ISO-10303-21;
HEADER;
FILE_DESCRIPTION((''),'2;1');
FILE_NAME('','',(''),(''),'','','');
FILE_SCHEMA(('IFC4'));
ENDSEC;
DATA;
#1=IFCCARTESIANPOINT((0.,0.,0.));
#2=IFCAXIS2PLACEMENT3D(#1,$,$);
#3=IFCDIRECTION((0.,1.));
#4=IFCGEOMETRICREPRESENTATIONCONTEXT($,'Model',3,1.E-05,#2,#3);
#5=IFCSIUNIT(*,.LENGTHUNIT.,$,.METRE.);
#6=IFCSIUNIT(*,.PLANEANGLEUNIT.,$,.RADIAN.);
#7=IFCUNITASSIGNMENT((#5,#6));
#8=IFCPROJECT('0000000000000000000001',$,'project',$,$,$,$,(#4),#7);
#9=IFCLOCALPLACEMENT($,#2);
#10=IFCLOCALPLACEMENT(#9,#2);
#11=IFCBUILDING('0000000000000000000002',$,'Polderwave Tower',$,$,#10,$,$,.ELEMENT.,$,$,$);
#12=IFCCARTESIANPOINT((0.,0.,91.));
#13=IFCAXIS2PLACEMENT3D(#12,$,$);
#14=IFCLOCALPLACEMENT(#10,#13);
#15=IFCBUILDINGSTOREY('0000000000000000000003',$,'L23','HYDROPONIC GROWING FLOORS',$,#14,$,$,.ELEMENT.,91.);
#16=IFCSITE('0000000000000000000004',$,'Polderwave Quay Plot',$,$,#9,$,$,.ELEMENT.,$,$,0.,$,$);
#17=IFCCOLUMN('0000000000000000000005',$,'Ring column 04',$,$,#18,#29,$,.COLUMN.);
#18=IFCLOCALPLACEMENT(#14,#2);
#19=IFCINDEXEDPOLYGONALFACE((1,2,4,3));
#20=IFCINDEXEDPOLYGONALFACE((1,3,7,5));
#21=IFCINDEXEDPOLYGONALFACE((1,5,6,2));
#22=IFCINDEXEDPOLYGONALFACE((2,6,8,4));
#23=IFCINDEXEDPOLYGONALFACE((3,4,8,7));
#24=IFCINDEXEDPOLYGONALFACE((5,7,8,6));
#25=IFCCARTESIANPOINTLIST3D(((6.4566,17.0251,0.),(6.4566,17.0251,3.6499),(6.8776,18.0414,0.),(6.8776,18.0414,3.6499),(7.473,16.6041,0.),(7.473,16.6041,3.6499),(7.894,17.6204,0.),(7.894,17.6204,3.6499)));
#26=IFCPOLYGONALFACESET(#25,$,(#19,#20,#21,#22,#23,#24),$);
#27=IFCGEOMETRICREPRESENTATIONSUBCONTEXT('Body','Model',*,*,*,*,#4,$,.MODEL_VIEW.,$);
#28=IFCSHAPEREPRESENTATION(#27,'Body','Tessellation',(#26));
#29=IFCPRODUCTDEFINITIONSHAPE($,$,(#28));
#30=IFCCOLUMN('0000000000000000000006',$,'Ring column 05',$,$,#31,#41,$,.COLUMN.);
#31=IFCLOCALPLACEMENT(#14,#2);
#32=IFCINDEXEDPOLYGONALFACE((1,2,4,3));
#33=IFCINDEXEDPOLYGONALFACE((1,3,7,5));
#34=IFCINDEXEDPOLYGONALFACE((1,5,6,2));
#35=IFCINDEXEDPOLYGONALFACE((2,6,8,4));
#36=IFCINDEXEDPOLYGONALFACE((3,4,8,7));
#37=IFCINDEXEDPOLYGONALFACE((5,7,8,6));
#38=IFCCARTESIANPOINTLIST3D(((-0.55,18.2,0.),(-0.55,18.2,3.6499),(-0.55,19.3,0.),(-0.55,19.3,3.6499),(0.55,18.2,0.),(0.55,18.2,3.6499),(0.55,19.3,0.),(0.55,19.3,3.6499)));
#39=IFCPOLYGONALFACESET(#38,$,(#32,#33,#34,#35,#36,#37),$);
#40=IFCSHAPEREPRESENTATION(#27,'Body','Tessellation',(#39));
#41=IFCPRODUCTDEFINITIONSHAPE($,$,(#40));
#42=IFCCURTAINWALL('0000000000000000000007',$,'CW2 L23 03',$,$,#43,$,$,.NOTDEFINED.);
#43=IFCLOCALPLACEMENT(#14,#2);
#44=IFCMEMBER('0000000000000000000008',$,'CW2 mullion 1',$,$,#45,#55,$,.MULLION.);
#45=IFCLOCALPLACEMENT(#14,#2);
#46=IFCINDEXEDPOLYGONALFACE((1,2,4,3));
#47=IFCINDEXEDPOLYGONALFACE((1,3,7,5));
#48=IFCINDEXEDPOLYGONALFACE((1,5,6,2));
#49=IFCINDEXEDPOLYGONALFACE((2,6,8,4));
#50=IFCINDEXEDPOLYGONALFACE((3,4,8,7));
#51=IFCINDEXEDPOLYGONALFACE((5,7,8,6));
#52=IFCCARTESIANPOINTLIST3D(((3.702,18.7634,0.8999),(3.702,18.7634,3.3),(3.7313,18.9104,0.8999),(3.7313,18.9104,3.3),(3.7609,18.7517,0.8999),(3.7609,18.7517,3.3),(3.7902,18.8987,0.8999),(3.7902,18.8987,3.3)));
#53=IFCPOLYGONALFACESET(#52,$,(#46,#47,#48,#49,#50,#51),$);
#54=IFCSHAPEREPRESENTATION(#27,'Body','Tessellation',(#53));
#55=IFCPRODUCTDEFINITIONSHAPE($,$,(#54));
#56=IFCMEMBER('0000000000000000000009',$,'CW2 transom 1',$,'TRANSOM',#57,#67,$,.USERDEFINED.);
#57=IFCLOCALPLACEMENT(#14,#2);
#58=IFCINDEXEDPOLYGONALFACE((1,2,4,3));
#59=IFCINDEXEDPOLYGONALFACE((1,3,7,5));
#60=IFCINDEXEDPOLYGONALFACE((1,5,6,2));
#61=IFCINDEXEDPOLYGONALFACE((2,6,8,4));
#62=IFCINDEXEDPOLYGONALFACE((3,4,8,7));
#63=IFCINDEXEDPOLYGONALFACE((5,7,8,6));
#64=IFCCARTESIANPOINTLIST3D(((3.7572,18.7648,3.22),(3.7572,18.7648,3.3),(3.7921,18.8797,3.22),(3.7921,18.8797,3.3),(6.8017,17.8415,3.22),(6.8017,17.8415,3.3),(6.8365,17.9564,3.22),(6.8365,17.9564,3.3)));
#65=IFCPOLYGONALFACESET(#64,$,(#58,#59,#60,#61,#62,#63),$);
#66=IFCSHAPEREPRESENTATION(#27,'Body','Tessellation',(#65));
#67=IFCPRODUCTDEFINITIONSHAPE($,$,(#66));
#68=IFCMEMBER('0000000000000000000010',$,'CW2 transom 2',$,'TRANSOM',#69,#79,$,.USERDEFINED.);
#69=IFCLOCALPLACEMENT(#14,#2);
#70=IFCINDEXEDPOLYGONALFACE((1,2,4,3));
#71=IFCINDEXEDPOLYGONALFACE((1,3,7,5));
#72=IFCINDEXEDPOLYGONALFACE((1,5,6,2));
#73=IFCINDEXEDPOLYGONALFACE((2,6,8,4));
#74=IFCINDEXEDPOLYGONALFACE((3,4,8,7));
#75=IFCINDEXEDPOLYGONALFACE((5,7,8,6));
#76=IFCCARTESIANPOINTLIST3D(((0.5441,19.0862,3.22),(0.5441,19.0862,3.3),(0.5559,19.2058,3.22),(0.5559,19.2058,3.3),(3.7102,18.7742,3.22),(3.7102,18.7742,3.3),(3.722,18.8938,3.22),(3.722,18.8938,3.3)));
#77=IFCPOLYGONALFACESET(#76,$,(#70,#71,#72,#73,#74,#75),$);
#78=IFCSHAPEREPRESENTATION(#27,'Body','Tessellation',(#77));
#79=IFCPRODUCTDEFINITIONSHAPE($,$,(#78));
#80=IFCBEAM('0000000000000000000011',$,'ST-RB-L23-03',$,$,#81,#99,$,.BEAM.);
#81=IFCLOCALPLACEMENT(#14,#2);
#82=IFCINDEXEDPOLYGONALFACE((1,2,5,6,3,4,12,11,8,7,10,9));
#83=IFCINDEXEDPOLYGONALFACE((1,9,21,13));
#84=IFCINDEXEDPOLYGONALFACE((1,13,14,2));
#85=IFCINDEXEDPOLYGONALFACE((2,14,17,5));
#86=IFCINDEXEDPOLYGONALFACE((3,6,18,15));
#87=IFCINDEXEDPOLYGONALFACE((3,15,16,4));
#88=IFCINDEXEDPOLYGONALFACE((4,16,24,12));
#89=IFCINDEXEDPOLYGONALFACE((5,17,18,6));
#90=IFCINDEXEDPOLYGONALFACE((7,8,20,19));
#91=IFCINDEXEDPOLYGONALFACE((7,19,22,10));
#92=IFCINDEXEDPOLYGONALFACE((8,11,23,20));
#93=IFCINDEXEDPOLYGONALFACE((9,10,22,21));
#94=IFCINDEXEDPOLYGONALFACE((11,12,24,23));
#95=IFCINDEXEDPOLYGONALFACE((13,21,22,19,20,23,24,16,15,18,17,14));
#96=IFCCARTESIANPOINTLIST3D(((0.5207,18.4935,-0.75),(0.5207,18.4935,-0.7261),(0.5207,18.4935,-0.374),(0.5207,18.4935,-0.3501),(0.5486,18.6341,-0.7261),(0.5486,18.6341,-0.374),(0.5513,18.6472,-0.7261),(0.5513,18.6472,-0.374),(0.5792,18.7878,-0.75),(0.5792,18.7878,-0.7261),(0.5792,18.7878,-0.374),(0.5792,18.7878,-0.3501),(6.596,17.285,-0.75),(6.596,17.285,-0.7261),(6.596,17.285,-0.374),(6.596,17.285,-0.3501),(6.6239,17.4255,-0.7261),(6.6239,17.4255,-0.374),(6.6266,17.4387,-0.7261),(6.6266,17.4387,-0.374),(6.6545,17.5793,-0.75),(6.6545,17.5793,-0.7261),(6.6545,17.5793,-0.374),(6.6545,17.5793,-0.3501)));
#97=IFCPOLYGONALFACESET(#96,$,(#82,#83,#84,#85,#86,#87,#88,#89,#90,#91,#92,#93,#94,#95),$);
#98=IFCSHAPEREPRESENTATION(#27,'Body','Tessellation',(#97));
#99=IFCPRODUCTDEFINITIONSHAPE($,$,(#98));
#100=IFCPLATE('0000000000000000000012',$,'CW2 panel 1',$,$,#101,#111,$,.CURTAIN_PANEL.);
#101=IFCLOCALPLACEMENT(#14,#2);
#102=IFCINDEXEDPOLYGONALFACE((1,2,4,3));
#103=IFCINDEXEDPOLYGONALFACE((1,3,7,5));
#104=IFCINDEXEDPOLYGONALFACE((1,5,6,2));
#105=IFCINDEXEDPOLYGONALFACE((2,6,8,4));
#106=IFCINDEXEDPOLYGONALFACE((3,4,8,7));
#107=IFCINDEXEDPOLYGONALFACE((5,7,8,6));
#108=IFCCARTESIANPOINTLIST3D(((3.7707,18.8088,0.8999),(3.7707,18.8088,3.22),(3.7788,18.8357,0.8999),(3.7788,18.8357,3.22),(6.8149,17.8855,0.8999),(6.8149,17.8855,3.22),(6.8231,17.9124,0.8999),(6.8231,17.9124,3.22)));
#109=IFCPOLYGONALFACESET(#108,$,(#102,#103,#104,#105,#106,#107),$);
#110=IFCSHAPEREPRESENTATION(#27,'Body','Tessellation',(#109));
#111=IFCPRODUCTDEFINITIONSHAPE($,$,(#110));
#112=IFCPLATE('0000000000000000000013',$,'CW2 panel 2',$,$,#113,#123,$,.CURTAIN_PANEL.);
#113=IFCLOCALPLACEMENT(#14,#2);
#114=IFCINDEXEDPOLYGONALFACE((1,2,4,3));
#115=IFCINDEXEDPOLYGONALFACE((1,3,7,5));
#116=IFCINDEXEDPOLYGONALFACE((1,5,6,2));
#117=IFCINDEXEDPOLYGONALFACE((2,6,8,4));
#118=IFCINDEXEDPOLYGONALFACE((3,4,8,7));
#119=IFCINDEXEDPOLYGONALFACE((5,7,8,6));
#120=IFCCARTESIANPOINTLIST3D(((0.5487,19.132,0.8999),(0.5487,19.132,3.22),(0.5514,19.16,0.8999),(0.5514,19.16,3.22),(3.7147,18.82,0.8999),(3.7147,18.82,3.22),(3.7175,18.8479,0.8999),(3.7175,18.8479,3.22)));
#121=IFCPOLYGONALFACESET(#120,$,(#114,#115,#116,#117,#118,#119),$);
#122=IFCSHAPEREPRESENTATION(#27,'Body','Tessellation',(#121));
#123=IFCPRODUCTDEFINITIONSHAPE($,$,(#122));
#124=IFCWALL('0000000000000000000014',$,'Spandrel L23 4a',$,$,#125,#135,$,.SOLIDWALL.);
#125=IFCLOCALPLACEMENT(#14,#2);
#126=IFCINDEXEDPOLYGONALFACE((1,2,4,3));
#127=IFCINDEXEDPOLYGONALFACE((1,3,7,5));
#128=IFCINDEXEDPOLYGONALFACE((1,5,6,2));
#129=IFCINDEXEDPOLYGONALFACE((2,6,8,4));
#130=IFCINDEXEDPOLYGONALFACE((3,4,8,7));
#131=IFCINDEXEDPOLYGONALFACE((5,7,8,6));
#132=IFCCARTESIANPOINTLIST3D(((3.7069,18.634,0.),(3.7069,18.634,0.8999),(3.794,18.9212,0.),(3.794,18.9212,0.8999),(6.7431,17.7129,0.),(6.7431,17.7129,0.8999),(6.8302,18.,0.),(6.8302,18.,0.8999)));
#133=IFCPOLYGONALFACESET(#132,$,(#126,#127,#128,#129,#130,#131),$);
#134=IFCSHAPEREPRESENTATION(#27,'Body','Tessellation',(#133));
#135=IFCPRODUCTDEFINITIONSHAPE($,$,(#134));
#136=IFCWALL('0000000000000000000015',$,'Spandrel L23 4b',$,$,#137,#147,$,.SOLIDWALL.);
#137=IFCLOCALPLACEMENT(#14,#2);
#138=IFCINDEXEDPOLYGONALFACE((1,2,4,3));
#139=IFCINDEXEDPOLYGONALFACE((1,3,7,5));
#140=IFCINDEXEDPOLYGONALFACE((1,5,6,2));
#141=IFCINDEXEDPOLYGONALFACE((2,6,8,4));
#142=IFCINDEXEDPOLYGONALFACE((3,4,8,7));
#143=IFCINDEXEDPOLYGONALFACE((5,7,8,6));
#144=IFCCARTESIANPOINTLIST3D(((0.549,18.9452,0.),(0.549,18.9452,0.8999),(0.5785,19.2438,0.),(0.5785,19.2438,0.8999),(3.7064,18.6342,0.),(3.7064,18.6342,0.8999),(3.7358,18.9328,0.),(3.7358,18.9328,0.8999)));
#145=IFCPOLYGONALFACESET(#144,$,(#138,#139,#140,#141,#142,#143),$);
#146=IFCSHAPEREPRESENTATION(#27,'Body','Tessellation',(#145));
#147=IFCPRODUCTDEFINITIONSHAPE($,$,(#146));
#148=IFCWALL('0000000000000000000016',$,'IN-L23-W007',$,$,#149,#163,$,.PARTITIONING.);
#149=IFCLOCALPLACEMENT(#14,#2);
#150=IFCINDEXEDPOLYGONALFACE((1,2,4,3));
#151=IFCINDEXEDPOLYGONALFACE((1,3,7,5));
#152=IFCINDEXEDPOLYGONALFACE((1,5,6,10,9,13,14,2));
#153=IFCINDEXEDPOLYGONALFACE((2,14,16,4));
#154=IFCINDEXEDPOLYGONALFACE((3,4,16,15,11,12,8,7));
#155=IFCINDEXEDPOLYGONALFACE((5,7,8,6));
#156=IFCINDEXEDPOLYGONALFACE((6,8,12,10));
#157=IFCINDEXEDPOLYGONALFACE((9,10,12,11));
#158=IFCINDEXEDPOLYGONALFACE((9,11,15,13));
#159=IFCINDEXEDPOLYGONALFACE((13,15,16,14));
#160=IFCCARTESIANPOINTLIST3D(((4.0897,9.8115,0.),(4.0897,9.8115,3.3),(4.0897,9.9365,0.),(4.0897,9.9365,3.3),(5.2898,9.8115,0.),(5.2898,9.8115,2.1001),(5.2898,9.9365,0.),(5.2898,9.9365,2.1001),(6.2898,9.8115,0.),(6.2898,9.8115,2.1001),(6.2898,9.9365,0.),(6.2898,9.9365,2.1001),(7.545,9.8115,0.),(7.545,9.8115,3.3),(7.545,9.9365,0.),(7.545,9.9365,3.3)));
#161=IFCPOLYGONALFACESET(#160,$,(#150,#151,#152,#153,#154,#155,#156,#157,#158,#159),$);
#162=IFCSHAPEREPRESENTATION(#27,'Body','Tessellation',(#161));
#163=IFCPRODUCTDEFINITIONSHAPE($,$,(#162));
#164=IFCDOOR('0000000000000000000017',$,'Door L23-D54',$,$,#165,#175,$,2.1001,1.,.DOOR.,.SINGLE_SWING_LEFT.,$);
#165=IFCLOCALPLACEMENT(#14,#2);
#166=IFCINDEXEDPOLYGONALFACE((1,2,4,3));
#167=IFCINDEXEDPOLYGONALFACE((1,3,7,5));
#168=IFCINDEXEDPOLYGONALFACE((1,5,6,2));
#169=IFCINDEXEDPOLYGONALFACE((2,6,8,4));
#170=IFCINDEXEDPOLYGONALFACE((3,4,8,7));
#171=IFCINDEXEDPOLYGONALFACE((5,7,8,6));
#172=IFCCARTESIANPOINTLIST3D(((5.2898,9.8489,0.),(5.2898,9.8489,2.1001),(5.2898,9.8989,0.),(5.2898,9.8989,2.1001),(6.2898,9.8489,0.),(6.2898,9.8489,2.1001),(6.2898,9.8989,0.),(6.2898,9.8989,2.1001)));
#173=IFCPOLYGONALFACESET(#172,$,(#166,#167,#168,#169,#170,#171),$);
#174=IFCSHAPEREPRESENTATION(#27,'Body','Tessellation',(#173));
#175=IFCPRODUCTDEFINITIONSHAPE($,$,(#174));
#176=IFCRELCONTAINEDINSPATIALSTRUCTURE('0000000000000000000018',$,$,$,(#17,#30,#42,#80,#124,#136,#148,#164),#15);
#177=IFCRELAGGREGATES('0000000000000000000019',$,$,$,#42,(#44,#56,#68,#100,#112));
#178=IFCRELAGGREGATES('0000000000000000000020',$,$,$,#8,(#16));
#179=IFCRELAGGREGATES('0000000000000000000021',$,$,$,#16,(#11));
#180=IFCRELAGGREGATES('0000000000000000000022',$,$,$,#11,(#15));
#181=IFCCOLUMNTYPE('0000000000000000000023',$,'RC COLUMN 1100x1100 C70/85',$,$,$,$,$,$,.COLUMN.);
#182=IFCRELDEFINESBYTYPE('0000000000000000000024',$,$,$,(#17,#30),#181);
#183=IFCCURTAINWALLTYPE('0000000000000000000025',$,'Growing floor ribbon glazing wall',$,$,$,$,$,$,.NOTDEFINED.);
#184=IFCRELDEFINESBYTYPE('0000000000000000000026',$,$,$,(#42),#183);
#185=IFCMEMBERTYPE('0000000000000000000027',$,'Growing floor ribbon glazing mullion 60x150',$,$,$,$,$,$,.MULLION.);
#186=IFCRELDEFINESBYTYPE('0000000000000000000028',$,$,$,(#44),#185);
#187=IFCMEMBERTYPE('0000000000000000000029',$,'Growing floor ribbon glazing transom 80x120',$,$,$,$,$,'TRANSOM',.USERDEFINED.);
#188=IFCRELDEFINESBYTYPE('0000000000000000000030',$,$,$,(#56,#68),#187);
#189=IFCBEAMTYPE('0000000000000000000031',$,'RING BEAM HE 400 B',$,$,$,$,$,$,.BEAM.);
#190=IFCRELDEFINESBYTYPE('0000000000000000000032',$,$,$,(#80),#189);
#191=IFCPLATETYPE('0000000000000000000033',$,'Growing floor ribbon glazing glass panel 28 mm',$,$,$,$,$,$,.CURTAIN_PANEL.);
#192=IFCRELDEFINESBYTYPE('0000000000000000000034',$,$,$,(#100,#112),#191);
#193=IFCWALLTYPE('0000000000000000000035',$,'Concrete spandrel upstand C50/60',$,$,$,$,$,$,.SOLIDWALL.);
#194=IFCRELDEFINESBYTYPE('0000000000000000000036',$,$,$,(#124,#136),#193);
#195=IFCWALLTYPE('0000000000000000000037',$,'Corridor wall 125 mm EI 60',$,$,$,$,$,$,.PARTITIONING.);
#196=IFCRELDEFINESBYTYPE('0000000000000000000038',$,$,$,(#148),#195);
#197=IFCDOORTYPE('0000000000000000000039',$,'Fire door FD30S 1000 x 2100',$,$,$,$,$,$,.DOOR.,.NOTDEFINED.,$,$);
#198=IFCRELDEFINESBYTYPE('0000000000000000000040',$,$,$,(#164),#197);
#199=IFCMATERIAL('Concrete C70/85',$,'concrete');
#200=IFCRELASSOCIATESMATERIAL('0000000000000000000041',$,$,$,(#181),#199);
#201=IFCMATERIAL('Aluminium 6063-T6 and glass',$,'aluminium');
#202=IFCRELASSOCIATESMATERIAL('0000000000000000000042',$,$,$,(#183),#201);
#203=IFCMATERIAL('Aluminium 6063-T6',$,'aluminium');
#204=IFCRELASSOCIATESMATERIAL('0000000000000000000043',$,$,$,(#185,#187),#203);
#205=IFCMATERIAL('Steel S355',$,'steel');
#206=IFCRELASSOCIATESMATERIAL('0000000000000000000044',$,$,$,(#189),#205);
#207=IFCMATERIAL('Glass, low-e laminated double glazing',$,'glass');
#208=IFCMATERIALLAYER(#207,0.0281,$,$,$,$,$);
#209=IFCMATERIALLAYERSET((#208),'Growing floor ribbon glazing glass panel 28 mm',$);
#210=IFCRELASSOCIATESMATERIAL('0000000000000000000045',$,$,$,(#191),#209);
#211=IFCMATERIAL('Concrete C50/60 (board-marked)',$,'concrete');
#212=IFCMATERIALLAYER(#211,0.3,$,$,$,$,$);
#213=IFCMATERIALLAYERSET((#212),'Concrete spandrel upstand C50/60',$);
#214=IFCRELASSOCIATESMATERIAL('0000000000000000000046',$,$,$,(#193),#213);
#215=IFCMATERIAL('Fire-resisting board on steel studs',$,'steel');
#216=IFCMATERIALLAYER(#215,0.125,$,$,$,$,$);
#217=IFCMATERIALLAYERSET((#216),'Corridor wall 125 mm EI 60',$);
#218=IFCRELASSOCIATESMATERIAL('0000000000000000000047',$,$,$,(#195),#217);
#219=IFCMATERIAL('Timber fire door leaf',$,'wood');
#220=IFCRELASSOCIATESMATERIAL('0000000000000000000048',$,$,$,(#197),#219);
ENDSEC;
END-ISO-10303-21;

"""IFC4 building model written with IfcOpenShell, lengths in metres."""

from ifc_helpers import new_model, si_unit, direction, frame, frame_2d, origin, origin_2d, place, context, subcontext, project, spatial, rectangle, i_section, extrude, material, layer, layer_set, material_profile, profile_set, type_object, element, fill, aggregate, save


model = new_model("IFC4")

# Units and contexts
model_context = context("Model", 3, precision=1e-05, world=origin(), true_north=direction((0.0, 1.0)))
body_context = subcontext(model_context, "Body", "Model", "MODEL_VIEW")
ifc_project = project(units=[si_unit("LENGTHUNIT", "METRE"), si_unit("PLANEANGLEUNIT", "RADIAN")], contexts=[model_context])

# Site, building, storey
site_placement = place(None, origin())
site = spatial("IfcSite", under=ifc_project, at=site_placement, Name="Polderwave Quay Plot", CompositionType="ELEMENT", RefElevation=0.0)
building_placement = place(site_placement, origin())
building = spatial("IfcBuilding", under=site, at=building_placement, Name="Polderwave Tower", CompositionType="ELEMENT")
storey_placement = place(building_placement, frame((0.0, 0.0, 91.0)))
storey = spatial("IfcBuildingStorey", under=building, at=storey_placement, Name="L23", Description="HYDROPONIC GROWING FLOORS", CompositionType="ELEMENT", Elevation=91.0)

# Columns
ifc_material_1 = material(Name="Concrete C70/85", Category="concrete")
ifc_material_profile_1 = material_profile(ifc_material_1, rectangle(XDim=1.1001, YDim=1.1001, at=origin_2d()), Name="RC 1100x1100")
ifc_profile_set_1 = profile_set([ifc_material_profile_1], Name="Concrete C70/85")
column_type = type_object("IfcColumnType", Name="RC COLUMN 1100x1100 C70/85", PredefinedType="COLUMN", material=ifc_profile_set_1)
for number, where, z_axis, x_axis, name in (
    (1, (7.1753, 17.3228, 0.0), (0.0, 0.0, 1.0), (0.382683, 0.92388, 0.0), "Ring column 04"),
    (2, (0.0, 18.75, 0.0), (0.0, 0.0, 1.0), (0.0, 1.0, 0.0), "Ring column 05"),
):
    element("IfcColumn", number, at=place(storey_placement, frame(where, z_axis=z_axis, x_axis=x_axis)), inside=storey, type_object=column_type, Name=name, PredefinedType="COLUMN", context=body_context, shape_type="SweptSolid", body=[
        extrude(rectangle(XDim=1.1001, YDim=1.1001, at=origin_2d()), origin(), (0.0, 0.0, 1.0), 3.6499),
    ])

# Curtain wall, members
ifc_material_2 = material(Name="Aluminium 6063-T6 and glass", Category="aluminium")
curtain_wall_type = type_object("IfcCurtainWallType", Name="Growing floor ribbon glazing wall", PredefinedType="NOTDEFINED", material=ifc_material_2)
curtain_wall_placement = place(storey_placement, origin())
curtain_wall = element("IfcCurtainWall", 3, at=curtain_wall_placement, inside=storey, type_object=curtain_wall_type, Name="CW2 L23 03", PredefinedType="NOTDEFINED")
ifc_material_3 = material(Name="Aluminium 6063-T6", Category="aluminium")
ifc_material_profile_2 = material_profile(ifc_material_3, rectangle(XDim=0.1499, YDim=0.0601, at=origin_2d()), Name="AL 60x150")
ifc_profile_set_2 = profile_set([ifc_material_profile_2], Name="Aluminium 6063-T6")
member_type_1 = type_object("IfcMemberType", Name="Growing floor ribbon glazing mullion 60x150", PredefinedType="MULLION", material=ifc_profile_set_2)
member_1_placement = place(storey_placement, frame((3.7461, 18.8311, 0.8999), z_axis=(0.0, 0.0, 1.0), x_axis=(-0.195097, -0.980784, 0.0)))
member_1 = element("IfcMember", 4, at=member_1_placement, type_object=member_type_1, Name="CW2 mullion 1", PredefinedType="MULLION", context=body_context, shape_type="SweptSolid", body=[
    extrude(rectangle(XDim=0.1499, YDim=0.0601, at=origin_2d()), origin(), (0.0, 0.0, 1.0), 2.4001),
])
ifc_material_profile_3 = material_profile(ifc_material_3, rectangle(XDim=0.1201, YDim=0.0801, at=origin_2d()), Name="AL 80x120")
ifc_profile_set_3 = profile_set([ifc_material_profile_3], Name="Aluminium 6063-T6")
member_type_2 = type_object("IfcMemberType", Name="Growing floor ribbon glazing transom 80x120", ElementType="TRANSOM", PredefinedType="USERDEFINED", material=ifc_profile_set_3)
member_2_placement = place(storey_placement, frame((6.8191, 17.8989, 3.26), z_axis=(-0.956956, 0.290233, 0.0), x_axis=(-0.290233, -0.956956, 0.0)))
member_2 = element("IfcMember", 5, at=member_2_placement, type_object=member_type_2, Name="CW2 transom 1", ObjectType="TRANSOM", PredefinedType="USERDEFINED", context=body_context, shape_type="SweptSolid", body=[
    extrude(rectangle(XDim=0.1201, YDim=0.0801, at=origin_2d()), origin(), (0.0, 0.0, 1.0), 3.1814),
])
member_3_placement = place(storey_placement, frame((3.7161, 18.834, 3.26), z_axis=(-0.995179, 0.098075, 0.0), x_axis=(-0.098075, -0.995179, 0.0)))
member_3 = element("IfcMember", 6, at=member_3_placement, type_object=member_type_2, Name="CW2 transom 2", ObjectType="TRANSOM", PredefinedType="USERDEFINED", context=body_context, shape_type="SweptSolid", body=[
    extrude(rectangle(XDim=0.1201, YDim=0.0801, at=origin_2d()), origin(), (0.0, 0.0, 1.0), 3.1814),
])

# Beam
ifc_material_4 = material(Name="Steel S355", Category="steel")
ifc_material_profile_4 = material_profile(ifc_material_4, i_section(OverallWidth=0.3, OverallDepth=0.3999, WebThickness=0.0134, FlangeThickness=0.0239, at=origin_2d()), Name="HE 400 B")
ifc_profile_set_4 = profile_set([ifc_material_profile_4], Name="Steel S355")
beam_type = type_object("IfcBeamType", Name="RING BEAM HE 400 B", PredefinedType="BEAM", material=ifc_profile_set_4)
beam_placement = place(storey_placement, frame((6.6252, 17.4321, -0.55), z_axis=(-0.980783, 0.1951, 0.0), x_axis=(-0.1951, -0.980783, 0.0)))
element("IfcBeam", 7, at=beam_placement, inside=storey, type_object=beam_type, Name="ST-RB-L23-03", PredefinedType="BEAM", context=body_context, shape_type="SweptSolid", body=[
    extrude(i_section(OverallWidth=0.3, OverallDepth=0.3999, WebThickness=0.0134, FlangeThickness=0.0239, at=origin_2d()), origin(), (0.0, 0.0, 1.0), 6.1943),
])

# Plates
ifc_material_5 = material(Name="Glass, low-e laminated double glazing", Category="glass")
ifc_layer_1 = layer(ifc_material_5, 0.0281)
ifc_layer_set_1 = layer_set([ifc_layer_1], Name="Growing floor ribbon glazing glass panel 28 mm")
plate_type = type_object("IfcPlateType", Name="Growing floor ribbon glazing glass panel 28 mm", PredefinedType="CURTAIN_PANEL", material=ifc_layer_set_1)
plate_1_placement = place(storey_placement, frame((5.2969, 18.3606, 0.8999), z_axis=(0.0, 0.0, 1.0), x_axis=(-0.956956, 0.290233, 0.0)))
plate_1 = element("IfcPlate", 8, at=plate_1_placement, type_object=plate_type, Name="CW2 panel 1", PredefinedType="CURTAIN_PANEL", context=body_context, shape_type="SweptSolid", body=[
    extrude(rectangle(XDim=3.1812, YDim=0.0281, at=origin_2d()), origin(), (0.0, 0.0, 1.0), 2.3201),
])
plate_2_placement = place(storey_placement, frame((2.1331, 18.99, 0.8999), z_axis=(0.0, 0.0, 1.0), x_axis=(-0.995178, 0.098085, 0.0)))
plate_2 = element("IfcPlate", 9, at=plate_2_placement, type_object=plate_type, Name="CW2 panel 2", PredefinedType="CURTAIN_PANEL", context=body_context, shape_type="SweptSolid", body=[
    extrude(rectangle(XDim=3.1814, YDim=0.0281, at=origin_2d()), origin(), (0.0, 0.0, 1.0), 2.3201),
])
aggregate(curtain_wall, [member_1, member_2, member_3, plate_1, plate_2])

# Walls
ifc_material_6 = material(Name="Concrete C50/60 (board-marked)", Category="concrete")
ifc_layer_2 = layer(ifc_material_6, 0.3)
ifc_layer_set_2 = layer_set([ifc_layer_2], Name="Concrete spandrel upstand C50/60")
wall_type_1 = type_object("IfcWallType", Name="Concrete spandrel upstand C50/60", PredefinedType="SOLIDWALL", material=ifc_layer_set_2)
wall_1_placement = place(storey_placement, frame((6.7866, 17.8564, 0.0), z_axis=(0.0, 0.0, 1.0), x_axis=(-0.956928, 0.290326, 0.0)))
element("IfcWall", 10, at=wall_1_placement, inside=storey, type_object=wall_type_1, Name="Spandrel L23 4a", PredefinedType="SOLIDWALL", context=body_context, shape_type="SweptSolid", body=[
    extrude(rectangle(XDim=3.1729, YDim=0.3, at=frame_2d((1.5864, 0.0))), origin(), (0.0, 0.0, 1.0), 0.8999),
])
wall_2_placement = place(storey_placement, frame((3.7212, 18.7834, 0.0), z_axis=(0.0, 0.0, 1.0), x_axis=(-0.995182, 0.098041, 0.0)))
element("IfcWall", 11, at=wall_2_placement, inside=storey, type_object=wall_type_1, Name="Spandrel L23 4b", PredefinedType="SOLIDWALL", context=body_context, shape_type="SweptSolid", body=[
    extrude(rectangle(XDim=3.1726, YDim=0.3, at=frame_2d((1.5864, 0.0))), origin(), (0.0, 0.0, 1.0), 0.8999),
])

# Wall, opening, door
ifc_material_7 = material(Name="Fire-resisting board on steel studs", Category="steel")
ifc_layer_3 = layer(ifc_material_7, 0.125)
ifc_layer_set_3 = layer_set([ifc_layer_3], Name="Corridor wall 125 mm EI 60")
wall_type_2 = type_object("IfcWallType", Name="Corridor wall 125 mm EI 60", PredefinedType="PARTITIONING", material=ifc_layer_set_3)
wall_3_placement = place(storey_placement, frame((4.0898, 9.874, 0.0), z_axis=(0.0, 0.0, 1.0), x_axis=(1.0, 0.0, 0.0)))
wall_3 = element("IfcWall", 12, at=wall_3_placement, inside=storey, type_object=wall_type_2, Name="IN-L23-W007", PredefinedType="PARTITIONING", context=body_context, shape_type="SweptSolid", body=[
    extrude(rectangle(XDim=3.4553, YDim=0.125, at=frame_2d((1.7275, 0.0))), origin(), (0.0, 0.0, 1.0), 3.3),
])
opening_1_placement = place(wall_3_placement, frame((1.2, 0.0, 0.0)))
opening_1 = element("IfcOpeningElement", 13, at=opening_1_placement, cuts=wall_3, PredefinedType="OPENING", context=body_context, shape_type="SweptSolid", body=[
    extrude(rectangle(XDim=1.0, YDim=2.1001, at=frame_2d((0.5, 1.05))), frame((0.0, 0.0725, 0.0), z_axis=(0.0, -1.0, 0.0), x_axis=(1.0, 0.0, 0.0)), (0.0, 0.0, 1.0), 0.145),
])
ifc_material_8 = material(Name="Timber fire door leaf", Category="wood")
door_type_1 = type_object("IfcDoorType", Name="Fire door FD30S 1000 x 2100", OperationType="NOTDEFINED", PredefinedType="DOOR", material=ifc_material_8)
door_1_placement = place(opening_1_placement, origin())
door_1 = element("IfcDoor", 14, at=door_1_placement, inside=storey, type_object=door_type_1, Name="Door L23-D54", OperationType="SINGLE_SWING_LEFT", OverallHeight=2.1001, OverallWidth=1.0, PredefinedType="DOOR", context=body_context, shape_type="SweptSolid", body=[
    extrude(rectangle(XDim=1.0, YDim=2.1001, at=frame_2d((0.5, 1.05))), frame((0.0, 0.0249, 0.0), z_axis=(0.0, -1.0, 0.0), x_axis=(1.0, 0.0, 0.0)), (0.0, 0.0, 1.0), 0.05),
])
fill(opening_1, door_1)

save(model, "model.ifc")
